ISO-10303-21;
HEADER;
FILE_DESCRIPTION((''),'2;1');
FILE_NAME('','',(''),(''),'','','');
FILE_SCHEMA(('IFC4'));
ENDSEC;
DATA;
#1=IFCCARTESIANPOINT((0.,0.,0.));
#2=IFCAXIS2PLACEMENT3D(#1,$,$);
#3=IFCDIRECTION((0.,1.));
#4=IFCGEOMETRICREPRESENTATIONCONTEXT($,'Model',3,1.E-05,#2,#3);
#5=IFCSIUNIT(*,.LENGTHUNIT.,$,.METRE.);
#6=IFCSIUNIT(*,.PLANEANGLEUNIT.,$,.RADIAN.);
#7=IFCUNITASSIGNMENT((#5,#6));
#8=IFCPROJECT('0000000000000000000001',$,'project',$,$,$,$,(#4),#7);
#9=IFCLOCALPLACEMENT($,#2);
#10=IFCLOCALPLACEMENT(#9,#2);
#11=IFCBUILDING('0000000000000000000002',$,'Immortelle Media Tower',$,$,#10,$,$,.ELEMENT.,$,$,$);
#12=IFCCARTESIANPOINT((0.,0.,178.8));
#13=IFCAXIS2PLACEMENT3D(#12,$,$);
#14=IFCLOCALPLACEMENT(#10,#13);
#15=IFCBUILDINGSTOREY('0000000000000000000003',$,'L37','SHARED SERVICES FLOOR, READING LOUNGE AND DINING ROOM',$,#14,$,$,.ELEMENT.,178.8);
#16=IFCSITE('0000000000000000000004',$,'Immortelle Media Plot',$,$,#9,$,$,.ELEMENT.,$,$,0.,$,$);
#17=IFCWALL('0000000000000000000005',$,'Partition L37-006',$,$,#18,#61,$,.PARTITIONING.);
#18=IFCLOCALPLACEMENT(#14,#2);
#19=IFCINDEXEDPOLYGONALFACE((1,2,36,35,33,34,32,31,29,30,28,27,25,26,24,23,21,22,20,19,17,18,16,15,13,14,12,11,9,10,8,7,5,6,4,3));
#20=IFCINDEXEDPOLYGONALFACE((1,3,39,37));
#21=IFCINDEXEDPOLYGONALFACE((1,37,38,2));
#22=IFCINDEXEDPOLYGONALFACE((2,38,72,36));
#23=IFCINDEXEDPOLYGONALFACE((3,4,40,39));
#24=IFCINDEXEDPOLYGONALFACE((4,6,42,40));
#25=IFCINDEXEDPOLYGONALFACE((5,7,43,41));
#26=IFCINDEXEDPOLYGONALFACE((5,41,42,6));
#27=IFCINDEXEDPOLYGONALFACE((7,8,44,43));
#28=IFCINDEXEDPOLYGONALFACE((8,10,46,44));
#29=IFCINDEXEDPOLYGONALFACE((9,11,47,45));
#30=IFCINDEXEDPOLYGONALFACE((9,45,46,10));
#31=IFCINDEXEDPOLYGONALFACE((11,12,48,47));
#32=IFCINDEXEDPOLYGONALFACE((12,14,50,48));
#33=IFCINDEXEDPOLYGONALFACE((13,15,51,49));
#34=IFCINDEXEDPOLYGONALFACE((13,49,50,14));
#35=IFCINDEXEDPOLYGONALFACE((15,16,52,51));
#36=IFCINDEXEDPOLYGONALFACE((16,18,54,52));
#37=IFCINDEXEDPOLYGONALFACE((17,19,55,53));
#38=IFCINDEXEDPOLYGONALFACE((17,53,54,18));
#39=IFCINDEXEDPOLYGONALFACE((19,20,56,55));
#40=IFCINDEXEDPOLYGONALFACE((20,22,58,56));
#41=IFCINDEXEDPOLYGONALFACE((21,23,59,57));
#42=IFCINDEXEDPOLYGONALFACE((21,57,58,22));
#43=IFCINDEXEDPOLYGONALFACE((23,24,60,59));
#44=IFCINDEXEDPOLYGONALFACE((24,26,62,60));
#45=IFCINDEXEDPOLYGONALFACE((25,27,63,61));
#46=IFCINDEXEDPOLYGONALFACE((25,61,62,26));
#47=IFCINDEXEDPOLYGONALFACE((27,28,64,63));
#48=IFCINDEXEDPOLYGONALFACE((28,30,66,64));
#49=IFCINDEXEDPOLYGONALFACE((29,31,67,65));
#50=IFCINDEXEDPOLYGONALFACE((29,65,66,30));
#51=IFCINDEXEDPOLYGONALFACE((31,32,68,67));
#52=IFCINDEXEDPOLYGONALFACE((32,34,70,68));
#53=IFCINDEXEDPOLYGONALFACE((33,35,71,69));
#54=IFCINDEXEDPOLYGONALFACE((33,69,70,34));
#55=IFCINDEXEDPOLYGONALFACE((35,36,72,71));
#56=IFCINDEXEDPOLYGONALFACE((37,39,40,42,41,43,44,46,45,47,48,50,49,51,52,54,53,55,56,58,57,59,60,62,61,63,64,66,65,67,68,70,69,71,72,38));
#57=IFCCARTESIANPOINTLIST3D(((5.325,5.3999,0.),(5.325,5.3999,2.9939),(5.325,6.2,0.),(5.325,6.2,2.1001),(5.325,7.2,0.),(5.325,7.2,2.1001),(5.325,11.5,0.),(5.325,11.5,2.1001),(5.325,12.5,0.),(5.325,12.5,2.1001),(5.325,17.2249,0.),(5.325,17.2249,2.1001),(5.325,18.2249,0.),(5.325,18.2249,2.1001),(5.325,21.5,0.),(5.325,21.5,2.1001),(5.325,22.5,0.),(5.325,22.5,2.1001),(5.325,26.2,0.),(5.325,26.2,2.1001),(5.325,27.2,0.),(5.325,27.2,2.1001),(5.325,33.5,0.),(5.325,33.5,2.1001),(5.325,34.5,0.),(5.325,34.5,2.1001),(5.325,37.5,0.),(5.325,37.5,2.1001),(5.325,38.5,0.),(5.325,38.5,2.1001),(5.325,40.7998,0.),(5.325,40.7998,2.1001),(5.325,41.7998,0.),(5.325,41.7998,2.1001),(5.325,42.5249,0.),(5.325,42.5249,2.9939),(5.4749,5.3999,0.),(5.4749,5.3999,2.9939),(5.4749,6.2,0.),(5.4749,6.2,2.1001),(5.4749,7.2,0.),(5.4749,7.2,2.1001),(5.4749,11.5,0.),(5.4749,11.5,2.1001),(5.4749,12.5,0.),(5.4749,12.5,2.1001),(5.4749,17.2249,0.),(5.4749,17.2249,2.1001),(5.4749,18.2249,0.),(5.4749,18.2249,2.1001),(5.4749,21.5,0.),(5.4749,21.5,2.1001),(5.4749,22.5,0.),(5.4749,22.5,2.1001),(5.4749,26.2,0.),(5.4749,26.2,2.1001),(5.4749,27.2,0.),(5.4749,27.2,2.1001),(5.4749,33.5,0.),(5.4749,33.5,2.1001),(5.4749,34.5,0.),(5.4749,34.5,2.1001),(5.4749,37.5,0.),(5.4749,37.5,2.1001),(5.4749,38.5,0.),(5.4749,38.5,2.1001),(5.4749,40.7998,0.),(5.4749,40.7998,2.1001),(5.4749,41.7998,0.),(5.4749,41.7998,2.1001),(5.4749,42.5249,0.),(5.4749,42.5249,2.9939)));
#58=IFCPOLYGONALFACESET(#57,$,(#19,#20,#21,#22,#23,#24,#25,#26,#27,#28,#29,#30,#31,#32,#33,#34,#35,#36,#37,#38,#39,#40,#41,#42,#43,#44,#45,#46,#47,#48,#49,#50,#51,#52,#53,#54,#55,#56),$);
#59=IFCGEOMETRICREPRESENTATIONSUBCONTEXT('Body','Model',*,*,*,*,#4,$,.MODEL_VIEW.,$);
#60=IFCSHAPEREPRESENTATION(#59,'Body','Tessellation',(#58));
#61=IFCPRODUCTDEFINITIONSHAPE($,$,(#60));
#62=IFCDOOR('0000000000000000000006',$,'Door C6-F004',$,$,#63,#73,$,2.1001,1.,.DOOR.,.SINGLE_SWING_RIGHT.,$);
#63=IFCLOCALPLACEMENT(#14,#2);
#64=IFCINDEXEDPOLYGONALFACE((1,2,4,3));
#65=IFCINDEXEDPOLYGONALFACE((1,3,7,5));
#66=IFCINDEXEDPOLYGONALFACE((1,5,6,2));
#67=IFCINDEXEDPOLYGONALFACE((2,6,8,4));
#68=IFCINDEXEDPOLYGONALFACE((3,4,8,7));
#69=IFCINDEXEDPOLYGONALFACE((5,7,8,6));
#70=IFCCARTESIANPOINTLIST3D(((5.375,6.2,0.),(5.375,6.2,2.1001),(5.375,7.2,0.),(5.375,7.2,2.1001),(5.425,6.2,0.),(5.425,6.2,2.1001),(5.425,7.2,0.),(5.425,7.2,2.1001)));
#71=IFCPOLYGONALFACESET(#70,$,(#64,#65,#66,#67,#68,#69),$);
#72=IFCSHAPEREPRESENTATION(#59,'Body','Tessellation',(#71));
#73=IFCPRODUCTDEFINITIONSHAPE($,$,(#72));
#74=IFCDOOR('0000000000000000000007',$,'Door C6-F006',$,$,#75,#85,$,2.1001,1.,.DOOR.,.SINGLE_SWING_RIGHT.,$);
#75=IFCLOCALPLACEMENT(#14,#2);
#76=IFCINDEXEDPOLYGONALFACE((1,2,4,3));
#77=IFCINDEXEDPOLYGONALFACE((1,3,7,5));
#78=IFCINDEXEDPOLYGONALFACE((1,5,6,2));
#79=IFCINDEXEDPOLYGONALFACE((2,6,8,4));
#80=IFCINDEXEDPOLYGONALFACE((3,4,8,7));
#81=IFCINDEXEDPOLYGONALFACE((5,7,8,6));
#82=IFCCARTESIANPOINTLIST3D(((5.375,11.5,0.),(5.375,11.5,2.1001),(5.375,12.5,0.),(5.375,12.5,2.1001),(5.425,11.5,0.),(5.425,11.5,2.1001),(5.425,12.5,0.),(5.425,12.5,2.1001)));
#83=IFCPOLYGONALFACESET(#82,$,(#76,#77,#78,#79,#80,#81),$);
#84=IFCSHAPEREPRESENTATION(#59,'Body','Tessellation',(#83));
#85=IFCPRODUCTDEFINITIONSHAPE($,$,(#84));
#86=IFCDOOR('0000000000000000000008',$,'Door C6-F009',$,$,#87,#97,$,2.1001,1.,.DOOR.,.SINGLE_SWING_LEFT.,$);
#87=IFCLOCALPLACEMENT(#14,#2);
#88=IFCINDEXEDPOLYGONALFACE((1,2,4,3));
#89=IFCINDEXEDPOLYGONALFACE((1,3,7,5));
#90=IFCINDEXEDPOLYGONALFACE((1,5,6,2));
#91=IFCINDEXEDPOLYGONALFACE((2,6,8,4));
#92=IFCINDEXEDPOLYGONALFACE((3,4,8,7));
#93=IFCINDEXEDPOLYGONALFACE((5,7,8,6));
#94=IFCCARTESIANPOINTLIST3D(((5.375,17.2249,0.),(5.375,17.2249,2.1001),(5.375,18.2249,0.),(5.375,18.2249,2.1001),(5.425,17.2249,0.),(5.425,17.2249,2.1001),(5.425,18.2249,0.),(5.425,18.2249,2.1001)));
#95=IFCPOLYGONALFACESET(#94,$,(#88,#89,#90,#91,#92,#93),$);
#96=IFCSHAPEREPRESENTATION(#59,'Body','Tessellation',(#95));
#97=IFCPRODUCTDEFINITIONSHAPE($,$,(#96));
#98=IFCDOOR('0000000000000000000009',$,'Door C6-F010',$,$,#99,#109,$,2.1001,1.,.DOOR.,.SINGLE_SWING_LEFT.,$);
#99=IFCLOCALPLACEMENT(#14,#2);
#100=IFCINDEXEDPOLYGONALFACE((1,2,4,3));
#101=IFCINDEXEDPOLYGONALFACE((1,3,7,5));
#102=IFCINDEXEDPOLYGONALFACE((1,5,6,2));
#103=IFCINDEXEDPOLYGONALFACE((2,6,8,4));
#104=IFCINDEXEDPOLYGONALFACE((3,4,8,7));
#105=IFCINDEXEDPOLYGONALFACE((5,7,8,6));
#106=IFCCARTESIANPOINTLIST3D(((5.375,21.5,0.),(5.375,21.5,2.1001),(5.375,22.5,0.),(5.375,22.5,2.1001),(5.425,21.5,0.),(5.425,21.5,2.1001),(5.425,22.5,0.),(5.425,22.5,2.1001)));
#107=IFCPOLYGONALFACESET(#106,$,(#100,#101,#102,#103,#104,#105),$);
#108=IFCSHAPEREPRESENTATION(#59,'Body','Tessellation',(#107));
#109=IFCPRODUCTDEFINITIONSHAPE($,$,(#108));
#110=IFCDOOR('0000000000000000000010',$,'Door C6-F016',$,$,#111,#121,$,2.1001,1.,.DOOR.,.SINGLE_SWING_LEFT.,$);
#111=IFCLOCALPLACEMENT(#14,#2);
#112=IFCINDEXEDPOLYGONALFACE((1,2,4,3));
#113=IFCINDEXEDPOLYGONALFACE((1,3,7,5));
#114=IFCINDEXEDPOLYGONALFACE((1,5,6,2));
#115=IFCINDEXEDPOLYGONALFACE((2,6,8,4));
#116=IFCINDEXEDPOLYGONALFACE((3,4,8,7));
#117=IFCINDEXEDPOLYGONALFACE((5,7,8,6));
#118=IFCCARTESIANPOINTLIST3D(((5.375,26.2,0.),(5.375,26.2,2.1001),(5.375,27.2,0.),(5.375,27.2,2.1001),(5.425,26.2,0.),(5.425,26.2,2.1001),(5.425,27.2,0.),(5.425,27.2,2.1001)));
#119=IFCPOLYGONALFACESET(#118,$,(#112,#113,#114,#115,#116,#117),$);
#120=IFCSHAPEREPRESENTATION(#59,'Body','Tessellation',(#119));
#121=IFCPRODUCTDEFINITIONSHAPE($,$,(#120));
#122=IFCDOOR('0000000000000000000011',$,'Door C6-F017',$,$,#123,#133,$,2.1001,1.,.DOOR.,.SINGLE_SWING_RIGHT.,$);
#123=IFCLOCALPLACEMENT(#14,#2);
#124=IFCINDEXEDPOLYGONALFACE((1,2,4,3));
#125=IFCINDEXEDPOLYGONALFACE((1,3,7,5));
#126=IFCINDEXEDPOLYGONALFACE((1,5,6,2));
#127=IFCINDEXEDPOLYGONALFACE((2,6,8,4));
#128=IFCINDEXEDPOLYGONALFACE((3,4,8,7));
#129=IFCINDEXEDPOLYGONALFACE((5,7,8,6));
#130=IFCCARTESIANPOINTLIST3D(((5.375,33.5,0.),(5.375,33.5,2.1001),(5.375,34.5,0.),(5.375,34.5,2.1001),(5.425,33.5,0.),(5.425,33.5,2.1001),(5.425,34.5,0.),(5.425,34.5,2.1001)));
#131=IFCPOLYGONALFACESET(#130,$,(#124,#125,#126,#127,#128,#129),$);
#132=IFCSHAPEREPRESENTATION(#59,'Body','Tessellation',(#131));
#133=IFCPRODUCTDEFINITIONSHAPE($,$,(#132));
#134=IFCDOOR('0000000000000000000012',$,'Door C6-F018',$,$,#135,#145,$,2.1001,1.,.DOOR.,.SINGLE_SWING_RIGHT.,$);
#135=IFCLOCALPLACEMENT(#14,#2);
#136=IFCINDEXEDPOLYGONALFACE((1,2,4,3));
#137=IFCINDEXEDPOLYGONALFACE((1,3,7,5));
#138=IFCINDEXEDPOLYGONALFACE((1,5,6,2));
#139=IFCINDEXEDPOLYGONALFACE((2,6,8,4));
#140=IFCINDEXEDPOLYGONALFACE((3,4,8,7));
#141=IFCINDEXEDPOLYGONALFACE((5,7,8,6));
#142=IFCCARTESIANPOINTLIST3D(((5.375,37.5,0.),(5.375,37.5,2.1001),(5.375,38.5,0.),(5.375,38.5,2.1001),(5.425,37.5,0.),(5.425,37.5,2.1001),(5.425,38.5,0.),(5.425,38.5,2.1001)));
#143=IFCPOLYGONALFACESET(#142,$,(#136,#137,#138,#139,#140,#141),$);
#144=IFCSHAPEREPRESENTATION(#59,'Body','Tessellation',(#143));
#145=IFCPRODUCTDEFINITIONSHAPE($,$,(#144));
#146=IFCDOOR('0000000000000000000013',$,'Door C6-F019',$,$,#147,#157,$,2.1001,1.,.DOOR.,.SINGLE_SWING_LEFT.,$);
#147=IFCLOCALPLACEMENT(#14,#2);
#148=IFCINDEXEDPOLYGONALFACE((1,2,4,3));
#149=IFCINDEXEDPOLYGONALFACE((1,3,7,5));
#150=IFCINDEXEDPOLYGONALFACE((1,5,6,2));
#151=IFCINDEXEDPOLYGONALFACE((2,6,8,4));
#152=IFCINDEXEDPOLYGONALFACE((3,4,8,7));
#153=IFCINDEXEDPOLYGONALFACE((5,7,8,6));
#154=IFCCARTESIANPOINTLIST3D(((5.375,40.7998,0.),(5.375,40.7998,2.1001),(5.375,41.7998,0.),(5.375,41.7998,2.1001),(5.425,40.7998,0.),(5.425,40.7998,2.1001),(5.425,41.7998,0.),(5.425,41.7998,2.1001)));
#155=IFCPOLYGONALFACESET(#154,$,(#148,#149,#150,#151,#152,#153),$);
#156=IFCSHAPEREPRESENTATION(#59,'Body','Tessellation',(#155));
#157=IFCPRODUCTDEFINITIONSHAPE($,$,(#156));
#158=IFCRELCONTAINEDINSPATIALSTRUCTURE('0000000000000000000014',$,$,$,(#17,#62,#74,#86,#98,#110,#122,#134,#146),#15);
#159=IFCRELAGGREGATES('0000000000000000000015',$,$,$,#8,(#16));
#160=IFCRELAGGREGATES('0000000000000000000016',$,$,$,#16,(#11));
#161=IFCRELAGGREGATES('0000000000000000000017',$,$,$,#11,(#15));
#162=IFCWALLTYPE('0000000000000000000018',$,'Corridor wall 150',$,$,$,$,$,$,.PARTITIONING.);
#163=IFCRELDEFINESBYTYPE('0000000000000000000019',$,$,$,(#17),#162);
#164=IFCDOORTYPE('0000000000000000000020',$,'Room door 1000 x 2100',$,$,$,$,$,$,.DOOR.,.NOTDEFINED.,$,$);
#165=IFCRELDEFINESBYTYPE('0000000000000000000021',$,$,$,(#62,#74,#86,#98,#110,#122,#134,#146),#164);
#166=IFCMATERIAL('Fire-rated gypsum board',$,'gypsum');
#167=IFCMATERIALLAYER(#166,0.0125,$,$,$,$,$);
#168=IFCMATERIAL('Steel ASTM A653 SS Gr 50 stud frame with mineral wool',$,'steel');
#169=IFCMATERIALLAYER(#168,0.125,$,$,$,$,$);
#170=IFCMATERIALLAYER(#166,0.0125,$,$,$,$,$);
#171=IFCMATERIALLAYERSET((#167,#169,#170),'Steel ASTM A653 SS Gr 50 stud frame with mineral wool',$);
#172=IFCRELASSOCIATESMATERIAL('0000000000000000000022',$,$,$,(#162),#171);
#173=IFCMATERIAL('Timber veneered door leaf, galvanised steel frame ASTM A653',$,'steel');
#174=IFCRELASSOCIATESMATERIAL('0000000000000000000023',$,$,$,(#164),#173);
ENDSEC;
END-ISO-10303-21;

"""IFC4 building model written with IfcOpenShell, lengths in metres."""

from ifc_helpers import new_model, si_unit, direction, frame, frame_2d, origin, place, context, subcontext, project, spatial, rectangle, extrude, material, layer, layer_set, type_object, element, fill, save


model = new_model("IFC4")

# Units and contexts
model_context = context("Model", 3, precision=1e-05, world=origin(), true_north=direction((0.0, 1.0)))
body_context = subcontext(model_context, "Body", "Model", "MODEL_VIEW")
ifc_project = project(units=[si_unit("LENGTHUNIT", "METRE"), si_unit("PLANEANGLEUNIT", "RADIAN")], contexts=[model_context])

# Site, building, storey
site_placement = place(None, origin())
site = spatial("IfcSite", under=ifc_project, at=site_placement, Name="Immortelle Media Plot", CompositionType="ELEMENT", RefElevation=0.0)
building_placement = place(site_placement, origin())
building = spatial("IfcBuilding", under=site, at=building_placement, Name="Immortelle Media Tower", CompositionType="ELEMENT")
storey_placement = place(building_placement, frame((0.0, 0.0, 178.8)))
storey = spatial("IfcBuildingStorey", under=building, at=storey_placement, Name="L37", Description="SHARED SERVICES FLOOR, READING LOUNGE AND DINING ROOM", CompositionType="ELEMENT", Elevation=178.8)

# Wall, openings, doors
ifc_material_1 = material(Name="Fire-rated gypsum board", Category="gypsum")
ifc_layer_1 = layer(ifc_material_1, 0.0125)
ifc_material_2 = material(Name="Steel ASTM A653 SS Gr 50 stud frame with mineral wool", Category="steel")
ifc_layer_2 = layer(ifc_material_2, 0.125)
ifc_layer_3 = layer(ifc_material_1, 0.0125)
ifc_layer_set_1 = layer_set([ifc_layer_1, ifc_layer_2, ifc_layer_3], Name="Steel ASTM A653 SS Gr 50 stud frame with mineral wool")
wall_type_1 = type_object("IfcWallType", Name="Corridor wall 150", PredefinedType="PARTITIONING", material=ifc_layer_set_1)
ifc_material_3 = material(Name="Timber veneered door leaf, galvanised steel frame ASTM A653", Category="steel")
door_type_1 = type_object("IfcDoorType", Name="Room door 1000 x 2100", OperationType="NOTDEFINED", PredefinedType="DOOR", material=ifc_material_3)
wall_1_placement = place(storey_placement, frame((5.3999, 5.3999, 0.0), z_axis=(0.0, 0.0, 1.0), x_axis=(0.0, 1.0, 0.0)))
wall_1 = element("IfcWall", 1, at=wall_1_placement, inside=storey, type_object=wall_type_1, Name="Partition L37-006", PredefinedType="PARTITIONING", context=body_context, shape_type="SweptSolid", body=[
    extrude(rectangle(XDim=37.125, YDim=0.1499, at=frame_2d((18.5625, 0.0))), origin(), (0.0, 0.0, 1.0), 2.9939),
])
opening_1_placement = place(wall_1_placement, frame((0.8, 0.0, 0.0)))
opening_1 = element("IfcOpeningElement", 2, at=opening_1_placement, cuts=wall_1, PredefinedType="OPENING", context=body_context, shape_type="SweptSolid", body=[
    extrude(rectangle(XDim=1.0, YDim=2.1001, at=frame_2d((0.5, 1.05))), frame((0.0, 0.085, 0.0), z_axis=(0.0, -1.0, 0.0), x_axis=(1.0, 0.0, 0.0)), (0.0, 0.0, 1.0), 0.1699),
])
opening_2_placement = place(wall_1_placement, frame((6.1001, 0.0, 0.0)))
opening_2 = element("IfcOpeningElement", 3, at=opening_2_placement, cuts=wall_1, PredefinedType="OPENING", context=body_context, shape_type="SweptSolid", body=[
    extrude(rectangle(XDim=1.0, YDim=2.1001, at=frame_2d((0.5, 1.05))), frame((0.0, 0.085, 0.0), z_axis=(0.0, -1.0, 0.0), x_axis=(1.0, 0.0, 0.0)), (0.0, 0.0, 1.0), 0.1699),
])
opening_3_placement = place(wall_1_placement, frame((11.825, 0.0, 0.0)))
opening_3 = element("IfcOpeningElement", 4, at=opening_3_placement, cuts=wall_1, PredefinedType="OPENING", context=body_context, shape_type="SweptSolid", body=[
    extrude(rectangle(XDim=1.0, YDim=2.1001, at=frame_2d((0.5, 1.05))), frame((0.0, 0.085, 0.0), z_axis=(0.0, -1.0, 0.0), x_axis=(1.0, 0.0, 0.0)), (0.0, 0.0, 1.0), 0.1699),
])
opening_4_placement = place(wall_1_placement, frame((16.1001, 0.0, 0.0)))
opening_4 = element("IfcOpeningElement", 5, at=opening_4_placement, cuts=wall_1, PredefinedType="OPENING", context=body_context, shape_type="SweptSolid", body=[
    extrude(rectangle(XDim=1.0, YDim=2.1001, at=frame_2d((0.5, 1.05))), frame((0.0, 0.085, 0.0), z_axis=(0.0, -1.0, 0.0), x_axis=(1.0, 0.0, 0.0)), (0.0, 0.0, 1.0), 0.1699),
])
opening_5_placement = place(wall_1_placement, frame((20.8, 0.0, 0.0)))
opening_5 = element("IfcOpeningElement", 6, at=opening_5_placement, cuts=wall_1, PredefinedType="OPENING", context=body_context, shape_type="SweptSolid", body=[
    extrude(rectangle(XDim=1.0, YDim=2.1001, at=frame_2d((0.5, 1.05))), frame((0.0, 0.085, 0.0), z_axis=(0.0, -1.0, 0.0), x_axis=(1.0, 0.0, 0.0)), (0.0, 0.0, 1.0), 0.1699),
])
opening_6_placement = place(wall_1_placement, frame((28.1001, 0.0, 0.0)))
opening_6 = element("IfcOpeningElement", 7, at=opening_6_placement, cuts=wall_1, PredefinedType="OPENING", context=body_context, shape_type="SweptSolid", body=[
    extrude(rectangle(XDim=1.0, YDim=2.1001, at=frame_2d((0.5, 1.05))), frame((0.0, 0.085, 0.0), z_axis=(0.0, -1.0, 0.0), x_axis=(1.0, 0.0, 0.0)), (0.0, 0.0, 1.0), 0.1699),
])
opening_7_placement = place(wall_1_placement, frame((32.1001, 0.0, 0.0)))
opening_7 = element("IfcOpeningElement", 8, at=opening_7_placement, cuts=wall_1, PredefinedType="OPENING", context=body_context, shape_type="SweptSolid", body=[
    extrude(rectangle(XDim=1.0, YDim=2.1001, at=frame_2d((0.5, 1.05))), frame((0.0, 0.085, 0.0), z_axis=(0.0, -1.0, 0.0), x_axis=(1.0, 0.0, 0.0)), (0.0, 0.0, 1.0), 0.1699),
])
opening_8_placement = place(wall_1_placement, frame((35.3999, 0.0, 0.0)))
opening_8 = element("IfcOpeningElement", 9, at=opening_8_placement, cuts=wall_1, PredefinedType="OPENING", context=body_context, shape_type="SweptSolid", body=[
    extrude(rectangle(XDim=1.0, YDim=2.1001, at=frame_2d((0.5, 1.05))), frame((0.0, 0.085, 0.0), z_axis=(0.0, -1.0, 0.0), x_axis=(1.0, 0.0, 0.0)), (0.0, 0.0, 1.0), 0.1699),
])
door_1_placement = place(opening_1_placement, origin())
door_1 = element("IfcDoor", 10, at=door_1_placement, inside=storey, type_object=door_type_1, Name="Door C6-F004", OperationType="SINGLE_SWING_RIGHT", OverallHeight=2.1001, OverallWidth=1.0, PredefinedType="DOOR", context=body_context, shape_type="SweptSolid", body=[
    extrude(rectangle(XDim=1.0, YDim=2.1001, at=frame_2d((0.5, 1.05))), frame((0.0, 0.0249, 0.0), z_axis=(0.0, -1.0, 0.0), x_axis=(1.0, 0.0, 0.0)), (0.0, 0.0, 1.0), 0.05),
])
fill(opening_1, door_1)
door_2_placement = place(opening_2_placement, origin())
door_2 = element("IfcDoor", 11, at=door_2_placement, inside=storey, type_object=door_type_1, Name="Door C6-F006", OperationType="SINGLE_SWING_RIGHT", OverallHeight=2.1001, OverallWidth=1.0, PredefinedType="DOOR", context=body_context, shape_type="SweptSolid", body=[
    extrude(rectangle(XDim=1.0, YDim=2.1001, at=frame_2d((0.5, 1.05))), frame((0.0, 0.0249, 0.0), z_axis=(0.0, -1.0, 0.0), x_axis=(1.0, 0.0, 0.0)), (0.0, 0.0, 1.0), 0.05),
])
fill(opening_2, door_2)
door_3_placement = place(opening_3_placement, origin())
door_3 = element("IfcDoor", 12, at=door_3_placement, inside=storey, type_object=door_type_1, Name="Door C6-F009", OperationType="SINGLE_SWING_LEFT", OverallHeight=2.1001, OverallWidth=1.0, PredefinedType="DOOR", context=body_context, shape_type="SweptSolid", body=[
    extrude(rectangle(XDim=1.0, YDim=2.1001, at=frame_2d((0.5, 1.05))), frame((0.0, 0.0249, 0.0), z_axis=(0.0, -1.0, 0.0), x_axis=(1.0, 0.0, 0.0)), (0.0, 0.0, 1.0), 0.05),
])
fill(opening_3, door_3)
door_4_placement = place(opening_4_placement, origin())
door_4 = element("IfcDoor", 13, at=door_4_placement, inside=storey, type_object=door_type_1, Name="Door C6-F010", OperationType="SINGLE_SWING_LEFT", OverallHeight=2.1001, OverallWidth=1.0, PredefinedType="DOOR", context=body_context, shape_type="SweptSolid", body=[
    extrude(rectangle(XDim=1.0, YDim=2.1001, at=frame_2d((0.5, 1.05))), frame((0.0, 0.0249, 0.0), z_axis=(0.0, -1.0, 0.0), x_axis=(1.0, 0.0, 0.0)), (0.0, 0.0, 1.0), 0.05),
])
fill(opening_4, door_4)
door_5_placement = place(opening_5_placement, origin())
door_5 = element("IfcDoor", 14, at=door_5_placement, inside=storey, type_object=door_type_1, Name="Door C6-F016", OperationType="SINGLE_SWING_LEFT", OverallHeight=2.1001, OverallWidth=1.0, PredefinedType="DOOR", context=body_context, shape_type="SweptSolid", body=[
    extrude(rectangle(XDim=1.0, YDim=2.1001, at=frame_2d((0.5, 1.05))), frame((0.0, 0.0249, 0.0), z_axis=(0.0, -1.0, 0.0), x_axis=(1.0, 0.0, 0.0)), (0.0, 0.0, 1.0), 0.05),
])
fill(opening_5, door_5)
door_6_placement = place(opening_6_placement, origin())
door_6 = element("IfcDoor", 15, at=door_6_placement, inside=storey, type_object=door_type_1, Name="Door C6-F017", OperationType="SINGLE_SWING_RIGHT", OverallHeight=2.1001, OverallWidth=1.0, PredefinedType="DOOR", context=body_context, shape_type="SweptSolid", body=[
    extrude(rectangle(XDim=1.0, YDim=2.1001, at=frame_2d((0.5, 1.05))), frame((0.0, 0.0249, 0.0), z_axis=(0.0, -1.0, 0.0), x_axis=(1.0, 0.0, 0.0)), (0.0, 0.0, 1.0), 0.05),
])
fill(opening_6, door_6)
door_7_placement = place(opening_7_placement, origin())
door_7 = element("IfcDoor", 16, at=door_7_placement, inside=storey, type_object=door_type_1, Name="Door C6-F018", OperationType="SINGLE_SWING_RIGHT", OverallHeight=2.1001, OverallWidth=1.0, PredefinedType="DOOR", context=body_context, shape_type="SweptSolid", body=[
    extrude(rectangle(XDim=1.0, YDim=2.1001, at=frame_2d((0.5, 1.05))), frame((0.0, 0.0249, 0.0), z_axis=(0.0, -1.0, 0.0), x_axis=(1.0, 0.0, 0.0)), (0.0, 0.0, 1.0), 0.05),
])
fill(opening_7, door_7)
door_8_placement = place(opening_8_placement, origin())
door_8 = element("IfcDoor", 17, at=door_8_placement, inside=storey, type_object=door_type_1, Name="Door C6-F019", OperationType="SINGLE_SWING_LEFT", OverallHeight=2.1001, OverallWidth=1.0, PredefinedType="DOOR", context=body_context, shape_type="SweptSolid", body=[
    extrude(rectangle(XDim=1.0, YDim=2.1001, at=frame_2d((0.5, 1.05))), frame((0.0, 0.0249, 0.0), z_axis=(0.0, -1.0, 0.0), x_axis=(1.0, 0.0, 0.0)), (0.0, 0.0, 1.0), 0.05),
])
fill(opening_8, door_8)

save(model, "model.ifc")
